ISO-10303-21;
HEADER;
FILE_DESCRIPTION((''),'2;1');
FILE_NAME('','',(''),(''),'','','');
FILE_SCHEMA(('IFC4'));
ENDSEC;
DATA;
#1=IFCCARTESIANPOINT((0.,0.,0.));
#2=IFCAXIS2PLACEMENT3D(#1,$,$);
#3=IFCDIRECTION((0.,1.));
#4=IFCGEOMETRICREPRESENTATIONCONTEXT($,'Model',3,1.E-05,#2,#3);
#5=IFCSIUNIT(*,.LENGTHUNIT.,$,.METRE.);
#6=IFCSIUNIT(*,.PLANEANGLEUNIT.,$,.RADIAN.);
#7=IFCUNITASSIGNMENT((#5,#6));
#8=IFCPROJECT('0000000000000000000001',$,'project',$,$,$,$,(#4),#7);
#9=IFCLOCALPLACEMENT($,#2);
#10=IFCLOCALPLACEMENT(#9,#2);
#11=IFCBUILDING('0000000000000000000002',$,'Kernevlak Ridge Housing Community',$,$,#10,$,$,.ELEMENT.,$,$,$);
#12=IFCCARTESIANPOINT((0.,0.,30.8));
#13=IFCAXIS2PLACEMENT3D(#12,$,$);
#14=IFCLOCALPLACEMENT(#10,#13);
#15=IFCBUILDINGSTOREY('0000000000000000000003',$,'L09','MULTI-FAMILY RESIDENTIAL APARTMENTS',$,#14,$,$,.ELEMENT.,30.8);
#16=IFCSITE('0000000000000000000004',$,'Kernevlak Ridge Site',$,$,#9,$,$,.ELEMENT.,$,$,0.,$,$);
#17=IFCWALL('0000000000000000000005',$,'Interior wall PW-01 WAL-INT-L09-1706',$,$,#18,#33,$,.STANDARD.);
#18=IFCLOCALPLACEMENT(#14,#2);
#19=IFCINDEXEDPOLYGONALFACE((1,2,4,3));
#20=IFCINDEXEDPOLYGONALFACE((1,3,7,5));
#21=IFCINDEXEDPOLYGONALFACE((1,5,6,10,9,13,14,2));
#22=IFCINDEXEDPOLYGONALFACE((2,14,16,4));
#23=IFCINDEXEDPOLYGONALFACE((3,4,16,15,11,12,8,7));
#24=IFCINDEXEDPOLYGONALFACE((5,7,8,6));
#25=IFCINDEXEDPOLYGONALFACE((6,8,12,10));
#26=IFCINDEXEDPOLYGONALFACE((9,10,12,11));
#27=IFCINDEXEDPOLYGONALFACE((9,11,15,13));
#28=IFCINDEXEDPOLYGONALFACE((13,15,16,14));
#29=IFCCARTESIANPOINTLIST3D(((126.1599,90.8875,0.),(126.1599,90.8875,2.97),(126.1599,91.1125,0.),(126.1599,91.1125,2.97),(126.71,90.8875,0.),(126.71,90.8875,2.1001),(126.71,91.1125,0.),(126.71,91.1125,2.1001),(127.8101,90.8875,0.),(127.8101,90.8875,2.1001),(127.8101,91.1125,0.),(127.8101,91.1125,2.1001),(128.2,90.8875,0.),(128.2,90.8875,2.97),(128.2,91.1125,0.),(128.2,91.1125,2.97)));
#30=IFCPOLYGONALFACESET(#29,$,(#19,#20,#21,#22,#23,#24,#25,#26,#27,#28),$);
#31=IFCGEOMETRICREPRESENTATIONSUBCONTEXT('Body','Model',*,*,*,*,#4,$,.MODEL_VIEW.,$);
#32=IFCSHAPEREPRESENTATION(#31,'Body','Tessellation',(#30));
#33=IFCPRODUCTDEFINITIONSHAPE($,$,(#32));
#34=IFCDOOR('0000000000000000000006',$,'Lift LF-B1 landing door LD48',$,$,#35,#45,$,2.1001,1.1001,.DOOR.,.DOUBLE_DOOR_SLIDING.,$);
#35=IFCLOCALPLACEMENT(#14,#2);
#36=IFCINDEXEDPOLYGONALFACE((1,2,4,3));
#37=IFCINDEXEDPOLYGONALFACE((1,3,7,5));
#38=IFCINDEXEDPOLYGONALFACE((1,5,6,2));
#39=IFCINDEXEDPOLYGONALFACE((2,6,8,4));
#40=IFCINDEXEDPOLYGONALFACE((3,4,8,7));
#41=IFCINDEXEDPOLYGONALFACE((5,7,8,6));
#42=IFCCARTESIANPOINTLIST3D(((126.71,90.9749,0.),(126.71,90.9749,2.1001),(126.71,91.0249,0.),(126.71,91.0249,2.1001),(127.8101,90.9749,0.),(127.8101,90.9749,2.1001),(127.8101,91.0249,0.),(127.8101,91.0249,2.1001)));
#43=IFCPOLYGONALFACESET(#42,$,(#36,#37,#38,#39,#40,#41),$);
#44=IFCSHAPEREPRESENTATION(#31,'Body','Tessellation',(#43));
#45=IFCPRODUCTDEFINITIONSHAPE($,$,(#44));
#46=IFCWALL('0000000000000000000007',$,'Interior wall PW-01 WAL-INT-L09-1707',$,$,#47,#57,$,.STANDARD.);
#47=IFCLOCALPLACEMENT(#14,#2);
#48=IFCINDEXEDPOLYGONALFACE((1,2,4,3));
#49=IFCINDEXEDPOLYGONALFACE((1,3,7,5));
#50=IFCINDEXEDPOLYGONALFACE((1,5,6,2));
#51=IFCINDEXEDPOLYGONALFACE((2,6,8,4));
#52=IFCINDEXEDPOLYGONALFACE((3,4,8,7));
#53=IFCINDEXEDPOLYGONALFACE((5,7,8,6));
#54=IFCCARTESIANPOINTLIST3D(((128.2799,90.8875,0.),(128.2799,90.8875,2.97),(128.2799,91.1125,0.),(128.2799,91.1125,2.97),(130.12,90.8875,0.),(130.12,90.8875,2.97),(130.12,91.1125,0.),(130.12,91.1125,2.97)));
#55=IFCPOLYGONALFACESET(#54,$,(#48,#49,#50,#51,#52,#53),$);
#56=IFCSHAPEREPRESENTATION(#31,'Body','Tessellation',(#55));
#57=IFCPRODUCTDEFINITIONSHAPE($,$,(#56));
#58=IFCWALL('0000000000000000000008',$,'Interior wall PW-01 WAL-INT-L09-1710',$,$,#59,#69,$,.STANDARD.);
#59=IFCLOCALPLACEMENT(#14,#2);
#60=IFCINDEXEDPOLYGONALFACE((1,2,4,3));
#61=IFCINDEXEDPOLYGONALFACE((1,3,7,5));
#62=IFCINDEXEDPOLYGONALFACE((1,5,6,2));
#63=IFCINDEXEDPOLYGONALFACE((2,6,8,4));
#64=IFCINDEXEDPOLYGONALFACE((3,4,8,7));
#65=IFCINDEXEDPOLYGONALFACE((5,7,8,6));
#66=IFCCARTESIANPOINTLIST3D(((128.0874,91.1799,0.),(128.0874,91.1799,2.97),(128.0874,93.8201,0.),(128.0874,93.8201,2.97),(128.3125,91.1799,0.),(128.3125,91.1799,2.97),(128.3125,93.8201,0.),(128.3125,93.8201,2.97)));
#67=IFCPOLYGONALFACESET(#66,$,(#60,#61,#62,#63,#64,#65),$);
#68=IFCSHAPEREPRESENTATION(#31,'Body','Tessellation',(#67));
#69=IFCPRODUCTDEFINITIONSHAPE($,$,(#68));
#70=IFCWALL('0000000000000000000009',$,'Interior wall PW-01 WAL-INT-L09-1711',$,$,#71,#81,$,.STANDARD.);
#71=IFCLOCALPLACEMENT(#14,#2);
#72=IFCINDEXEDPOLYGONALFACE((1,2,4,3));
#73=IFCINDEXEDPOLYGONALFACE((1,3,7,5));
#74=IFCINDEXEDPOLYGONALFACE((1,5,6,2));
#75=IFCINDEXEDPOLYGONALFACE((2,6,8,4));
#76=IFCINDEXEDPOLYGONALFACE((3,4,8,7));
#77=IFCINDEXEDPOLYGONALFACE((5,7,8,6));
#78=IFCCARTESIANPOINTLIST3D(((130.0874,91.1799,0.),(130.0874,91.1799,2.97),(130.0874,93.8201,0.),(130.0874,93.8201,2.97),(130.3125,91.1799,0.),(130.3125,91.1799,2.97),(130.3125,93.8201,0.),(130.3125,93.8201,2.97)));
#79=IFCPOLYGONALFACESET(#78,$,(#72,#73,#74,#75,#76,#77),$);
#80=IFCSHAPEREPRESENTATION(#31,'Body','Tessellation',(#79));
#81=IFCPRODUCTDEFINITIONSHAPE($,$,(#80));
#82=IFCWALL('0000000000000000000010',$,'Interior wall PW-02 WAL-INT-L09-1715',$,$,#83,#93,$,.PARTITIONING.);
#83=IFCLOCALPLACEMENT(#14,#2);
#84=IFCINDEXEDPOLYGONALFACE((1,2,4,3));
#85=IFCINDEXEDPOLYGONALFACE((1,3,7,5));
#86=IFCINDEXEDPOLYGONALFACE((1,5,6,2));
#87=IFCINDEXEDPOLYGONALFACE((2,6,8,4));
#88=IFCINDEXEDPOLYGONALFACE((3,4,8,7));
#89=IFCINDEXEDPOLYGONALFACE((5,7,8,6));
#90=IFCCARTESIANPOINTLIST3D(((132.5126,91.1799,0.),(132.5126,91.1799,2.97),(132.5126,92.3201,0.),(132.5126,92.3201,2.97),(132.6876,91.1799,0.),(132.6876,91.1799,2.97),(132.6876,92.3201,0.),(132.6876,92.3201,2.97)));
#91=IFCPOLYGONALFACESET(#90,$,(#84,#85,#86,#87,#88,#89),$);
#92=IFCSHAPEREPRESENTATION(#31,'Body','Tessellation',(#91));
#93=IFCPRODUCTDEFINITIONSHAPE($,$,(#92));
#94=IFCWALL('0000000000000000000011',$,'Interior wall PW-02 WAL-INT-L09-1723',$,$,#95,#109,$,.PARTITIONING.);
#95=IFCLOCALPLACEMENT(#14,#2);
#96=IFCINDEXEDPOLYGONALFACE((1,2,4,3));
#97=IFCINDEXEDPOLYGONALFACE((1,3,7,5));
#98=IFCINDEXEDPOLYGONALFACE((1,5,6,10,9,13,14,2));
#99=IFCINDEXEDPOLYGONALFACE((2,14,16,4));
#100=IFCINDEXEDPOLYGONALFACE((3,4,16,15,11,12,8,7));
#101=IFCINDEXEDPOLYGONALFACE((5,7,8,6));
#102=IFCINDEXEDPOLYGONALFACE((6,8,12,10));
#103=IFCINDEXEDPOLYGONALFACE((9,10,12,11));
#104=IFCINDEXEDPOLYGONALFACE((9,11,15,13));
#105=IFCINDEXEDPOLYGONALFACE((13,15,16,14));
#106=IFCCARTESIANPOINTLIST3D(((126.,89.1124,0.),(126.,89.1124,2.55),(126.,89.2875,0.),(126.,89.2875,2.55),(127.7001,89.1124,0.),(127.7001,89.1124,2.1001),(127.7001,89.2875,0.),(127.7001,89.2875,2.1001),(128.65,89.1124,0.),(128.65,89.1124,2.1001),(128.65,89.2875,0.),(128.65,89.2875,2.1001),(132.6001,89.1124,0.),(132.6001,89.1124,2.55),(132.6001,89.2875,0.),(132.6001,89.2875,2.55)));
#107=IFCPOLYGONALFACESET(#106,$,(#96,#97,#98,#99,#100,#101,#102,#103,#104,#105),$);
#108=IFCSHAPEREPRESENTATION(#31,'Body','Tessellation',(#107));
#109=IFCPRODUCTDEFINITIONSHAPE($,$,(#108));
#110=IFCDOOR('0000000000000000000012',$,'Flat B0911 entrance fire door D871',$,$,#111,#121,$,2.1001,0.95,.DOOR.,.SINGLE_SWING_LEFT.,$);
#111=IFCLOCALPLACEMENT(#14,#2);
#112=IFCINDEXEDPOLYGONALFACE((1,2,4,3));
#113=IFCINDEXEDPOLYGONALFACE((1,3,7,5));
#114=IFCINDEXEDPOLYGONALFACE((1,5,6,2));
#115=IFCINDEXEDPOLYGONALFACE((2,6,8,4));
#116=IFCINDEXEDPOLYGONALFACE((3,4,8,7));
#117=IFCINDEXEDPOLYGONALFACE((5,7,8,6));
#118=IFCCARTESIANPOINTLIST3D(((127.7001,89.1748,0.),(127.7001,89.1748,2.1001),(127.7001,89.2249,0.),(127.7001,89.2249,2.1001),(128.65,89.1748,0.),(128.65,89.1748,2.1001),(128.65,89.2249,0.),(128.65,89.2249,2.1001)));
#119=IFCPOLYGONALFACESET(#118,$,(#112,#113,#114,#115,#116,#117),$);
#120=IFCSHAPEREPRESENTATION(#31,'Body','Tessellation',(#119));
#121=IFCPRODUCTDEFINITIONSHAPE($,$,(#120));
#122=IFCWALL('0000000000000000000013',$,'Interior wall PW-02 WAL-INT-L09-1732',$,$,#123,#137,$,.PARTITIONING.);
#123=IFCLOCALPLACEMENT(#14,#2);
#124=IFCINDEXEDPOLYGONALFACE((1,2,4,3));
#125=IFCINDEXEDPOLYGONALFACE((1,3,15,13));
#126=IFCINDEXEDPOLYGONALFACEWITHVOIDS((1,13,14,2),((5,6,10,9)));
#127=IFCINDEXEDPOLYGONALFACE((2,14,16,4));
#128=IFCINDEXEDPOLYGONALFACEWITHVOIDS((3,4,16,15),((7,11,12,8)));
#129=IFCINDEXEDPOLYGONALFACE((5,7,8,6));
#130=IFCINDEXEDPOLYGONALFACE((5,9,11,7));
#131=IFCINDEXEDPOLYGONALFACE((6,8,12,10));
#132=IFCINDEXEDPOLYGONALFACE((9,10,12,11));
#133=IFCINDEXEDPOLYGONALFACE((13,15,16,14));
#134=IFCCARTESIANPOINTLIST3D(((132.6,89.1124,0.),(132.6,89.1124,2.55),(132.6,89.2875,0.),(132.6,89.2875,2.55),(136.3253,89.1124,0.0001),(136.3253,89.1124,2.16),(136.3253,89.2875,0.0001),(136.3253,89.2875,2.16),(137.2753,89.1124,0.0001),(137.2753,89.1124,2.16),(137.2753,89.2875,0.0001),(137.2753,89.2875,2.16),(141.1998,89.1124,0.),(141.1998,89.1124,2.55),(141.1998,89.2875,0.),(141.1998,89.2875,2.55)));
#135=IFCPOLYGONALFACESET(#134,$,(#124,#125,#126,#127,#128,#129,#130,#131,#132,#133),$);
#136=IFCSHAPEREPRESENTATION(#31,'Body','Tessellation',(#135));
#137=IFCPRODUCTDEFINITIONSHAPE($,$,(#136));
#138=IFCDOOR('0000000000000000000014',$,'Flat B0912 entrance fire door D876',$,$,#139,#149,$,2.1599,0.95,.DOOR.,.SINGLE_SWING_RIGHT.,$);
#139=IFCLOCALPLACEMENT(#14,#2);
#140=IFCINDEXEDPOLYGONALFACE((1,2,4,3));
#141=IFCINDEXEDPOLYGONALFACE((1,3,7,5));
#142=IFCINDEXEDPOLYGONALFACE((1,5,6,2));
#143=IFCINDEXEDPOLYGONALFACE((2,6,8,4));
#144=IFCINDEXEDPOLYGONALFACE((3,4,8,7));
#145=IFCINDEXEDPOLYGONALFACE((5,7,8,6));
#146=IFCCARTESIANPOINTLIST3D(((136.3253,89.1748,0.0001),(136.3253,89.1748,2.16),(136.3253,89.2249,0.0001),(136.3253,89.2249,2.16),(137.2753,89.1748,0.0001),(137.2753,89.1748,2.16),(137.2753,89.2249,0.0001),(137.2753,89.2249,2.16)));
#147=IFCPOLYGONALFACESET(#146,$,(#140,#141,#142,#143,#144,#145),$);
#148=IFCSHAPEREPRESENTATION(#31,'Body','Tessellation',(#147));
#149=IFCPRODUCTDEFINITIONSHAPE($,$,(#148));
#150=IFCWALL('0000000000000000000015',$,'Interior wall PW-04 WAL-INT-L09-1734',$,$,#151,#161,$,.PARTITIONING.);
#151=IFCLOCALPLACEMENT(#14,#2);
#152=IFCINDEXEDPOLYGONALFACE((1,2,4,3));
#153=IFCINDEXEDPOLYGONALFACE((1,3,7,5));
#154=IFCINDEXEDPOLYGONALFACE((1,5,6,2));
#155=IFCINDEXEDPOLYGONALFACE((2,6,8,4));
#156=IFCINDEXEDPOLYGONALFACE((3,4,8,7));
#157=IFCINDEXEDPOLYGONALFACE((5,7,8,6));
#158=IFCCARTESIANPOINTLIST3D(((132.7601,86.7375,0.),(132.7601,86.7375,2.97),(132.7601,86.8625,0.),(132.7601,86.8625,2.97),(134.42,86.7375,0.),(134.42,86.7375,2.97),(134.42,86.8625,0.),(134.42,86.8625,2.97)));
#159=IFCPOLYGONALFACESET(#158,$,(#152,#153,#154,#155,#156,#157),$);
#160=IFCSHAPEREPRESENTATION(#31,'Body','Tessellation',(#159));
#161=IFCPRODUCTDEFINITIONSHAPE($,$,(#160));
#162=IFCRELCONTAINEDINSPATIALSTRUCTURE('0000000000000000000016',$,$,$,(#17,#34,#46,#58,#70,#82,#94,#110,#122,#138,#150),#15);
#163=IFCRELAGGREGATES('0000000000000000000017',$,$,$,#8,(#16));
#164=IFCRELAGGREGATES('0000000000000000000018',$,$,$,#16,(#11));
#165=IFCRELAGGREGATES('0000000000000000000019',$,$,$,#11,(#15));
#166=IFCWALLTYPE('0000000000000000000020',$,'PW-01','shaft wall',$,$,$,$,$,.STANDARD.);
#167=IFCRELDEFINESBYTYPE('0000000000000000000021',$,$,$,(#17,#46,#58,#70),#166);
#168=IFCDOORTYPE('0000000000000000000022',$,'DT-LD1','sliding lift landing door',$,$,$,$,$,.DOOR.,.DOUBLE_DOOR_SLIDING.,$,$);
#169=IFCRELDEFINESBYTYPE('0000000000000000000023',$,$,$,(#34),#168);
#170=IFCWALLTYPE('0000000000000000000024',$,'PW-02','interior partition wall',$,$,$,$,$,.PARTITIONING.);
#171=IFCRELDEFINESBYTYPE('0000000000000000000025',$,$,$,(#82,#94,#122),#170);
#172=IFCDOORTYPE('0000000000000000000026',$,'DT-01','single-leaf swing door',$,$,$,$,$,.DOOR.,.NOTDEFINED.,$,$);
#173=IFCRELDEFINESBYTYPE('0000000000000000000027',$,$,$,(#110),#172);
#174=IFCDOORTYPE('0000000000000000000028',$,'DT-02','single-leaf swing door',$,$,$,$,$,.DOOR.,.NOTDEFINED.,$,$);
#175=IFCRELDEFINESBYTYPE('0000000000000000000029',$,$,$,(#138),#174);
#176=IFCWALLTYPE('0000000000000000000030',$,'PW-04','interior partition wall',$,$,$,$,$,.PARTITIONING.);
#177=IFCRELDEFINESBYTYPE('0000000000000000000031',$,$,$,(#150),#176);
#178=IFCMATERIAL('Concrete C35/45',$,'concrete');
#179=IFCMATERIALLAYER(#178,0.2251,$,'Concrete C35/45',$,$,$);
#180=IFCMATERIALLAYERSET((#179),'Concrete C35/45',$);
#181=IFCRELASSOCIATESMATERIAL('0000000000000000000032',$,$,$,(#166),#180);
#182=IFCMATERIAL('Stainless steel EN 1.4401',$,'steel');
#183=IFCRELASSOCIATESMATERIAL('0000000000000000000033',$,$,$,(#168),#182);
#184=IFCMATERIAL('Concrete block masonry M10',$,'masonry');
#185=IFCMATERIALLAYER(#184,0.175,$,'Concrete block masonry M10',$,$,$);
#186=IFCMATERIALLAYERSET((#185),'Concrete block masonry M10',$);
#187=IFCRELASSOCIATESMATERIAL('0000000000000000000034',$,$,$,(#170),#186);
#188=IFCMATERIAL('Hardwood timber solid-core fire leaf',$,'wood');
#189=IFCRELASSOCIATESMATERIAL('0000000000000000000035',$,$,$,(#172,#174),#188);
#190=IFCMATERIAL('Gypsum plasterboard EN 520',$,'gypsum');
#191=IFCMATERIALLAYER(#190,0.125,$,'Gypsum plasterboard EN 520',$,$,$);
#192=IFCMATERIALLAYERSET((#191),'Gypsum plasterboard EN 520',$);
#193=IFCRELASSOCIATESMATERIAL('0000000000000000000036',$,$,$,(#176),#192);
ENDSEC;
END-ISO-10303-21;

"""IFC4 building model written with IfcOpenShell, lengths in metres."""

from ifc_helpers import new_model, si_unit, direction, frame, frame_2d, origin, place, context, subcontext, project, spatial, rectangle, extrude, material, layer, layer_set, type_object, element, fill, save


model = new_model("IFC4")

# Units and contexts
model_context = context("Model", 3, precision=1e-05, world=origin(), true_north=direction((0.0, 1.0)))
body_context = subcontext(model_context, "Body", "Model", "MODEL_VIEW")
ifc_project = project(units=[si_unit("LENGTHUNIT", "METRE"), si_unit("PLANEANGLEUNIT", "RADIAN")], contexts=[model_context])

# Site, building, storey
site_placement = place(None, origin())
site = spatial("IfcSite", under=ifc_project, at=site_placement, Name="Kernevlak Ridge Site", CompositionType="ELEMENT", RefElevation=0.0)
building_placement = place(site_placement, origin())
building = spatial("IfcBuilding", under=site, at=building_placement, Name="Kernevlak Ridge Housing Community", CompositionType="ELEMENT")
storey_placement = place(building_placement, frame((0.0, 0.0, 30.8)))
storey = spatial("IfcBuildingStorey", under=building, at=storey_placement, Name="L09", Description="MULTI-FAMILY RESIDENTIAL APARTMENTS", CompositionType="ELEMENT", Elevation=30.8)

# Shared definitions
ifc_material_1 = material(Name="Concrete C35/45", Category="concrete")

# Shared definitions
ifc_material_2 = material(Name="Concrete block masonry M10", Category="masonry")

# Wall, opening, door
ifc_layer_1 = layer(ifc_material_1, 0.2251, Name="Concrete C35/45")
ifc_layer_set_1 = layer_set([ifc_layer_1], Name="Concrete C35/45")
wall_type_1 = type_object("IfcWallType", Name="PW-01", Description="shaft wall", PredefinedType="STANDARD", material=ifc_layer_set_1)
wall_1_placement = place(storey_placement, frame((126.1599, 91.0, 0.0), z_axis=(0.0, 0.0, 1.0), x_axis=(1.0, 0.0, 0.0)))
wall_1 = element("IfcWall", 1, at=wall_1_placement, inside=storey, type_object=wall_type_1, Name="Interior wall PW-01 WAL-INT-L09-1706", PredefinedType="STANDARD", context=body_context, shape_type="SweptSolid", body=[
    extrude(rectangle(XDim=2.04, YDim=0.2251, at=frame_2d((1.02, 0.0))), origin(), (0.0, 0.0, 1.0), 2.97),
])
opening_1_placement = place(wall_1_placement, frame((0.55, 0.0, 0.0)))
opening_1 = element("IfcOpeningElement", 2, at=opening_1_placement, cuts=wall_1, PredefinedType="OPENING", context=body_context, shape_type="SweptSolid", body=[
    extrude(rectangle(XDim=1.1001, YDim=2.1001, at=frame_2d((0.55, 1.05))), frame((0.0, 0.1226, 0.0), z_axis=(0.0, -1.0, 0.0), x_axis=(1.0, 0.0, 0.0)), (0.0, 0.0, 1.0), 0.2451),
])
ifc_material_3 = material(Name="Stainless steel EN 1.4401", Category="steel")
door_type_1 = type_object("IfcDoorType", Name="DT-LD1", Description="sliding lift landing door", OperationType="DOUBLE_DOOR_SLIDING", PredefinedType="DOOR", material=ifc_material_3)
door_1_placement = place(opening_1_placement, origin())
door_1 = element("IfcDoor", 3, at=door_1_placement, inside=storey, type_object=door_type_1, Name="Lift LF-B1 landing door LD48", OperationType="DOUBLE_DOOR_SLIDING", OverallHeight=2.1001, OverallWidth=1.1001, PredefinedType="DOOR", context=body_context, shape_type="SweptSolid", body=[
    extrude(rectangle(XDim=1.1001, YDim=2.1001, at=frame_2d((0.55, 1.05))), frame((0.0, 0.0249, 0.0), z_axis=(0.0, -1.0, 0.0), x_axis=(1.0, 0.0, 0.0)), (0.0, 0.0, 1.0), 0.05),
])
fill(opening_1, door_1)

# Walls
wall_2_placement = place(storey_placement, frame((128.28, 91.0, 0.0), z_axis=(0.0, 0.0, 1.0), x_axis=(1.0, 0.0, 0.0)))
element("IfcWall", 4, at=wall_2_placement, inside=storey, type_object=wall_type_1, Name="Interior wall PW-01 WAL-INT-L09-1707", PredefinedType="STANDARD", context=body_context, shape_type="SweptSolid", body=[
    extrude(rectangle(XDim=1.8401, YDim=0.2251, at=frame_2d((0.9199, 0.0))), origin(), (0.0, 0.0, 1.0), 2.97),
])
for number, where, z_axis, x_axis, name in (
    (5, (128.2, 91.1799, 0.0), (0.0, 0.0, 1.0), (0.0, 1.0, 0.0), "Interior wall PW-01 WAL-INT-L09-1710"),
    (6, (130.2, 91.1799, 0.0), (0.0, 0.0, 1.0), (0.0, 1.0, 0.0), "Interior wall PW-01 WAL-INT-L09-1711"),
):
    element("IfcWall", number, at=place(storey_placement, frame(where, z_axis=z_axis, x_axis=x_axis)), inside=storey, type_object=wall_type_1, Name=name, PredefinedType="STANDARD", context=body_context, shape_type="SweptSolid", body=[
        extrude(rectangle(XDim=2.6401, YDim=0.2251, at=frame_2d((1.3201, 0.0))), origin(), (0.0, 0.0, 1.0), 2.97),
    ])

# Shared definitions
ifc_layer_2 = layer(ifc_material_2, 0.175, Name="Concrete block masonry M10")
ifc_layer_set_2 = layer_set([ifc_layer_2], Name="Concrete block masonry M10")
wall_type_2 = type_object("IfcWallType", Name="PW-02", Description="interior partition wall", PredefinedType="PARTITIONING", material=ifc_layer_set_2)

# Wall
wall_3_placement = place(storey_placement, frame((132.6001, 91.1799, 0.0), z_axis=(0.0, 0.0, 1.0), x_axis=(0.0, 1.0, 0.0)))
element("IfcWall", 7, at=wall_3_placement, inside=storey, type_object=wall_type_2, Name="Interior wall PW-02 WAL-INT-L09-1715", PredefinedType="PARTITIONING", context=body_context, shape_type="SweptSolid", body=[
    extrude(rectangle(XDim=1.1401, YDim=0.175, at=frame_2d((0.5701, 0.0))), origin(), (0.0, 0.0, 1.0), 2.97),
])

# Walls, openings, doors
wall_4_placement = place(storey_placement, frame((126.0, 89.2, 0.0), z_axis=(0.0, 0.0, 1.0), x_axis=(1.0, 0.0, 0.0)))
wall_4 = element("IfcWall", 8, at=wall_4_placement, inside=storey, type_object=wall_type_2, Name="Interior wall PW-02 WAL-INT-L09-1723", PredefinedType="PARTITIONING", context=body_context, shape_type="SweptSolid", body=[
    extrude(rectangle(XDim=6.6001, YDim=0.175, at=frame_2d((3.3, 0.0))), origin(), (0.0, 0.0, 1.0), 2.55),
])
opening_2_placement = place(wall_4_placement, frame((1.7, 0.0, 0.0)))
opening_2 = element("IfcOpeningElement", 9, at=opening_2_placement, cuts=wall_4, PredefinedType="OPENING", context=body_context, shape_type="SweptSolid", body=[
    extrude(rectangle(XDim=0.95, YDim=2.1001, at=frame_2d((0.4751, 1.05))), frame((0.0, 0.0974, 0.0), z_axis=(0.0, -1.0, 0.0), x_axis=(1.0, 0.0, 0.0)), (0.0, 0.0, 1.0), 0.1951),
])
ifc_material_4 = material(Name="Hardwood timber solid-core fire leaf", Category="wood")
door_type_2 = type_object("IfcDoorType", Name="DT-01", Description="single-leaf swing door", OperationType="NOTDEFINED", PredefinedType="DOOR", material=ifc_material_4)
door_2_placement = place(opening_2_placement, origin())
door_2 = element("IfcDoor", 10, at=door_2_placement, inside=storey, type_object=door_type_2, Name="Flat B0911 entrance fire door D871", OperationType="SINGLE_SWING_LEFT", OverallHeight=2.1001, OverallWidth=0.95, PredefinedType="DOOR", context=body_context, shape_type="SweptSolid", body=[
    extrude(rectangle(XDim=0.95, YDim=2.1001, at=frame_2d((0.4751, 1.05))), frame((0.0, 0.0249, 0.0), z_axis=(0.0, -1.0, 0.0), x_axis=(1.0, 0.0, 0.0)), (0.0, 0.0, 1.0), 0.05),
])
fill(opening_2, door_2)
wall_5_placement = place(storey_placement, frame((132.6001, 89.2, 0.0), z_axis=(0.0, 0.0, 1.0), x_axis=(1.0, 0.0, 0.0)))
wall_5 = element("IfcWall", 11, at=wall_5_placement, inside=storey, type_object=wall_type_2, Name="Interior wall PW-02 WAL-INT-L09-1732", PredefinedType="PARTITIONING", context=body_context, shape_type="SweptSolid", body=[
    extrude(rectangle(XDim=8.5999, YDim=0.175, at=frame_2d((4.2998, 0.0))), origin(), (0.0, 0.0, 1.0), 2.55),
])
opening_3_placement = place(wall_5_placement, frame((3.7251, 0.0, 0.0)))
opening_3 = element("IfcOpeningElement", 12, at=opening_3_placement, cuts=wall_5, PredefinedType="OPENING", context=body_context, shape_type="SweptSolid", body=[
    extrude(rectangle(XDim=0.95, YDim=2.1599, at=frame_2d((0.4751, 1.0801))), frame((0.0, 0.0974, 0.0), z_axis=(0.0, -1.0, 0.0), x_axis=(1.0, 0.0, 0.0)), (0.0, 0.0, 1.0), 0.1951),
])
door_type_3 = type_object("IfcDoorType", Name="DT-02", Description="single-leaf swing door", OperationType="NOTDEFINED", PredefinedType="DOOR", material=ifc_material_4)
door_3_placement = place(opening_3_placement, origin())
door_3 = element("IfcDoor", 13, at=door_3_placement, inside=storey, type_object=door_type_3, Name="Flat B0912 entrance fire door D876", OperationType="SINGLE_SWING_RIGHT", OverallHeight=2.1599, OverallWidth=0.95, PredefinedType="DOOR", context=body_context, shape_type="SweptSolid", body=[
    extrude(rectangle(XDim=0.95, YDim=2.1599, at=frame_2d((0.4751, 1.0801))), frame((0.0, 0.0249, 0.0), z_axis=(0.0, -1.0, 0.0), x_axis=(1.0, 0.0, 0.0)), (0.0, 0.0, 1.0), 0.05),
])
fill(opening_3, door_3)

# Wall
ifc_material_5 = material(Name="Gypsum plasterboard EN 520", Category="gypsum")
ifc_layer_3 = layer(ifc_material_5, 0.125, Name="Gypsum plasterboard EN 520")
ifc_layer_set_3 = layer_set([ifc_layer_3], Name="Gypsum plasterboard EN 520")
wall_type_3 = type_object("IfcWallType", Name="PW-04", Description="interior partition wall", PredefinedType="PARTITIONING", material=ifc_layer_set_3)
wall_6_placement = place(storey_placement, frame((132.76, 86.8, 0.0), z_axis=(0.0, 0.0, 1.0), x_axis=(1.0, 0.0, 0.0)))
element("IfcWall", 14, at=wall_6_placement, inside=storey, type_object=wall_type_3, Name="Interior wall PW-04 WAL-INT-L09-1734", PredefinedType="PARTITIONING", context=body_context, shape_type="SweptSolid", body=[
    extrude(rectangle(XDim=1.6599, YDim=0.125, at=frame_2d((0.8301, 0.0))), origin(), (0.0, 0.0, 1.0), 2.97),
])

save(model, "model.ifc")
